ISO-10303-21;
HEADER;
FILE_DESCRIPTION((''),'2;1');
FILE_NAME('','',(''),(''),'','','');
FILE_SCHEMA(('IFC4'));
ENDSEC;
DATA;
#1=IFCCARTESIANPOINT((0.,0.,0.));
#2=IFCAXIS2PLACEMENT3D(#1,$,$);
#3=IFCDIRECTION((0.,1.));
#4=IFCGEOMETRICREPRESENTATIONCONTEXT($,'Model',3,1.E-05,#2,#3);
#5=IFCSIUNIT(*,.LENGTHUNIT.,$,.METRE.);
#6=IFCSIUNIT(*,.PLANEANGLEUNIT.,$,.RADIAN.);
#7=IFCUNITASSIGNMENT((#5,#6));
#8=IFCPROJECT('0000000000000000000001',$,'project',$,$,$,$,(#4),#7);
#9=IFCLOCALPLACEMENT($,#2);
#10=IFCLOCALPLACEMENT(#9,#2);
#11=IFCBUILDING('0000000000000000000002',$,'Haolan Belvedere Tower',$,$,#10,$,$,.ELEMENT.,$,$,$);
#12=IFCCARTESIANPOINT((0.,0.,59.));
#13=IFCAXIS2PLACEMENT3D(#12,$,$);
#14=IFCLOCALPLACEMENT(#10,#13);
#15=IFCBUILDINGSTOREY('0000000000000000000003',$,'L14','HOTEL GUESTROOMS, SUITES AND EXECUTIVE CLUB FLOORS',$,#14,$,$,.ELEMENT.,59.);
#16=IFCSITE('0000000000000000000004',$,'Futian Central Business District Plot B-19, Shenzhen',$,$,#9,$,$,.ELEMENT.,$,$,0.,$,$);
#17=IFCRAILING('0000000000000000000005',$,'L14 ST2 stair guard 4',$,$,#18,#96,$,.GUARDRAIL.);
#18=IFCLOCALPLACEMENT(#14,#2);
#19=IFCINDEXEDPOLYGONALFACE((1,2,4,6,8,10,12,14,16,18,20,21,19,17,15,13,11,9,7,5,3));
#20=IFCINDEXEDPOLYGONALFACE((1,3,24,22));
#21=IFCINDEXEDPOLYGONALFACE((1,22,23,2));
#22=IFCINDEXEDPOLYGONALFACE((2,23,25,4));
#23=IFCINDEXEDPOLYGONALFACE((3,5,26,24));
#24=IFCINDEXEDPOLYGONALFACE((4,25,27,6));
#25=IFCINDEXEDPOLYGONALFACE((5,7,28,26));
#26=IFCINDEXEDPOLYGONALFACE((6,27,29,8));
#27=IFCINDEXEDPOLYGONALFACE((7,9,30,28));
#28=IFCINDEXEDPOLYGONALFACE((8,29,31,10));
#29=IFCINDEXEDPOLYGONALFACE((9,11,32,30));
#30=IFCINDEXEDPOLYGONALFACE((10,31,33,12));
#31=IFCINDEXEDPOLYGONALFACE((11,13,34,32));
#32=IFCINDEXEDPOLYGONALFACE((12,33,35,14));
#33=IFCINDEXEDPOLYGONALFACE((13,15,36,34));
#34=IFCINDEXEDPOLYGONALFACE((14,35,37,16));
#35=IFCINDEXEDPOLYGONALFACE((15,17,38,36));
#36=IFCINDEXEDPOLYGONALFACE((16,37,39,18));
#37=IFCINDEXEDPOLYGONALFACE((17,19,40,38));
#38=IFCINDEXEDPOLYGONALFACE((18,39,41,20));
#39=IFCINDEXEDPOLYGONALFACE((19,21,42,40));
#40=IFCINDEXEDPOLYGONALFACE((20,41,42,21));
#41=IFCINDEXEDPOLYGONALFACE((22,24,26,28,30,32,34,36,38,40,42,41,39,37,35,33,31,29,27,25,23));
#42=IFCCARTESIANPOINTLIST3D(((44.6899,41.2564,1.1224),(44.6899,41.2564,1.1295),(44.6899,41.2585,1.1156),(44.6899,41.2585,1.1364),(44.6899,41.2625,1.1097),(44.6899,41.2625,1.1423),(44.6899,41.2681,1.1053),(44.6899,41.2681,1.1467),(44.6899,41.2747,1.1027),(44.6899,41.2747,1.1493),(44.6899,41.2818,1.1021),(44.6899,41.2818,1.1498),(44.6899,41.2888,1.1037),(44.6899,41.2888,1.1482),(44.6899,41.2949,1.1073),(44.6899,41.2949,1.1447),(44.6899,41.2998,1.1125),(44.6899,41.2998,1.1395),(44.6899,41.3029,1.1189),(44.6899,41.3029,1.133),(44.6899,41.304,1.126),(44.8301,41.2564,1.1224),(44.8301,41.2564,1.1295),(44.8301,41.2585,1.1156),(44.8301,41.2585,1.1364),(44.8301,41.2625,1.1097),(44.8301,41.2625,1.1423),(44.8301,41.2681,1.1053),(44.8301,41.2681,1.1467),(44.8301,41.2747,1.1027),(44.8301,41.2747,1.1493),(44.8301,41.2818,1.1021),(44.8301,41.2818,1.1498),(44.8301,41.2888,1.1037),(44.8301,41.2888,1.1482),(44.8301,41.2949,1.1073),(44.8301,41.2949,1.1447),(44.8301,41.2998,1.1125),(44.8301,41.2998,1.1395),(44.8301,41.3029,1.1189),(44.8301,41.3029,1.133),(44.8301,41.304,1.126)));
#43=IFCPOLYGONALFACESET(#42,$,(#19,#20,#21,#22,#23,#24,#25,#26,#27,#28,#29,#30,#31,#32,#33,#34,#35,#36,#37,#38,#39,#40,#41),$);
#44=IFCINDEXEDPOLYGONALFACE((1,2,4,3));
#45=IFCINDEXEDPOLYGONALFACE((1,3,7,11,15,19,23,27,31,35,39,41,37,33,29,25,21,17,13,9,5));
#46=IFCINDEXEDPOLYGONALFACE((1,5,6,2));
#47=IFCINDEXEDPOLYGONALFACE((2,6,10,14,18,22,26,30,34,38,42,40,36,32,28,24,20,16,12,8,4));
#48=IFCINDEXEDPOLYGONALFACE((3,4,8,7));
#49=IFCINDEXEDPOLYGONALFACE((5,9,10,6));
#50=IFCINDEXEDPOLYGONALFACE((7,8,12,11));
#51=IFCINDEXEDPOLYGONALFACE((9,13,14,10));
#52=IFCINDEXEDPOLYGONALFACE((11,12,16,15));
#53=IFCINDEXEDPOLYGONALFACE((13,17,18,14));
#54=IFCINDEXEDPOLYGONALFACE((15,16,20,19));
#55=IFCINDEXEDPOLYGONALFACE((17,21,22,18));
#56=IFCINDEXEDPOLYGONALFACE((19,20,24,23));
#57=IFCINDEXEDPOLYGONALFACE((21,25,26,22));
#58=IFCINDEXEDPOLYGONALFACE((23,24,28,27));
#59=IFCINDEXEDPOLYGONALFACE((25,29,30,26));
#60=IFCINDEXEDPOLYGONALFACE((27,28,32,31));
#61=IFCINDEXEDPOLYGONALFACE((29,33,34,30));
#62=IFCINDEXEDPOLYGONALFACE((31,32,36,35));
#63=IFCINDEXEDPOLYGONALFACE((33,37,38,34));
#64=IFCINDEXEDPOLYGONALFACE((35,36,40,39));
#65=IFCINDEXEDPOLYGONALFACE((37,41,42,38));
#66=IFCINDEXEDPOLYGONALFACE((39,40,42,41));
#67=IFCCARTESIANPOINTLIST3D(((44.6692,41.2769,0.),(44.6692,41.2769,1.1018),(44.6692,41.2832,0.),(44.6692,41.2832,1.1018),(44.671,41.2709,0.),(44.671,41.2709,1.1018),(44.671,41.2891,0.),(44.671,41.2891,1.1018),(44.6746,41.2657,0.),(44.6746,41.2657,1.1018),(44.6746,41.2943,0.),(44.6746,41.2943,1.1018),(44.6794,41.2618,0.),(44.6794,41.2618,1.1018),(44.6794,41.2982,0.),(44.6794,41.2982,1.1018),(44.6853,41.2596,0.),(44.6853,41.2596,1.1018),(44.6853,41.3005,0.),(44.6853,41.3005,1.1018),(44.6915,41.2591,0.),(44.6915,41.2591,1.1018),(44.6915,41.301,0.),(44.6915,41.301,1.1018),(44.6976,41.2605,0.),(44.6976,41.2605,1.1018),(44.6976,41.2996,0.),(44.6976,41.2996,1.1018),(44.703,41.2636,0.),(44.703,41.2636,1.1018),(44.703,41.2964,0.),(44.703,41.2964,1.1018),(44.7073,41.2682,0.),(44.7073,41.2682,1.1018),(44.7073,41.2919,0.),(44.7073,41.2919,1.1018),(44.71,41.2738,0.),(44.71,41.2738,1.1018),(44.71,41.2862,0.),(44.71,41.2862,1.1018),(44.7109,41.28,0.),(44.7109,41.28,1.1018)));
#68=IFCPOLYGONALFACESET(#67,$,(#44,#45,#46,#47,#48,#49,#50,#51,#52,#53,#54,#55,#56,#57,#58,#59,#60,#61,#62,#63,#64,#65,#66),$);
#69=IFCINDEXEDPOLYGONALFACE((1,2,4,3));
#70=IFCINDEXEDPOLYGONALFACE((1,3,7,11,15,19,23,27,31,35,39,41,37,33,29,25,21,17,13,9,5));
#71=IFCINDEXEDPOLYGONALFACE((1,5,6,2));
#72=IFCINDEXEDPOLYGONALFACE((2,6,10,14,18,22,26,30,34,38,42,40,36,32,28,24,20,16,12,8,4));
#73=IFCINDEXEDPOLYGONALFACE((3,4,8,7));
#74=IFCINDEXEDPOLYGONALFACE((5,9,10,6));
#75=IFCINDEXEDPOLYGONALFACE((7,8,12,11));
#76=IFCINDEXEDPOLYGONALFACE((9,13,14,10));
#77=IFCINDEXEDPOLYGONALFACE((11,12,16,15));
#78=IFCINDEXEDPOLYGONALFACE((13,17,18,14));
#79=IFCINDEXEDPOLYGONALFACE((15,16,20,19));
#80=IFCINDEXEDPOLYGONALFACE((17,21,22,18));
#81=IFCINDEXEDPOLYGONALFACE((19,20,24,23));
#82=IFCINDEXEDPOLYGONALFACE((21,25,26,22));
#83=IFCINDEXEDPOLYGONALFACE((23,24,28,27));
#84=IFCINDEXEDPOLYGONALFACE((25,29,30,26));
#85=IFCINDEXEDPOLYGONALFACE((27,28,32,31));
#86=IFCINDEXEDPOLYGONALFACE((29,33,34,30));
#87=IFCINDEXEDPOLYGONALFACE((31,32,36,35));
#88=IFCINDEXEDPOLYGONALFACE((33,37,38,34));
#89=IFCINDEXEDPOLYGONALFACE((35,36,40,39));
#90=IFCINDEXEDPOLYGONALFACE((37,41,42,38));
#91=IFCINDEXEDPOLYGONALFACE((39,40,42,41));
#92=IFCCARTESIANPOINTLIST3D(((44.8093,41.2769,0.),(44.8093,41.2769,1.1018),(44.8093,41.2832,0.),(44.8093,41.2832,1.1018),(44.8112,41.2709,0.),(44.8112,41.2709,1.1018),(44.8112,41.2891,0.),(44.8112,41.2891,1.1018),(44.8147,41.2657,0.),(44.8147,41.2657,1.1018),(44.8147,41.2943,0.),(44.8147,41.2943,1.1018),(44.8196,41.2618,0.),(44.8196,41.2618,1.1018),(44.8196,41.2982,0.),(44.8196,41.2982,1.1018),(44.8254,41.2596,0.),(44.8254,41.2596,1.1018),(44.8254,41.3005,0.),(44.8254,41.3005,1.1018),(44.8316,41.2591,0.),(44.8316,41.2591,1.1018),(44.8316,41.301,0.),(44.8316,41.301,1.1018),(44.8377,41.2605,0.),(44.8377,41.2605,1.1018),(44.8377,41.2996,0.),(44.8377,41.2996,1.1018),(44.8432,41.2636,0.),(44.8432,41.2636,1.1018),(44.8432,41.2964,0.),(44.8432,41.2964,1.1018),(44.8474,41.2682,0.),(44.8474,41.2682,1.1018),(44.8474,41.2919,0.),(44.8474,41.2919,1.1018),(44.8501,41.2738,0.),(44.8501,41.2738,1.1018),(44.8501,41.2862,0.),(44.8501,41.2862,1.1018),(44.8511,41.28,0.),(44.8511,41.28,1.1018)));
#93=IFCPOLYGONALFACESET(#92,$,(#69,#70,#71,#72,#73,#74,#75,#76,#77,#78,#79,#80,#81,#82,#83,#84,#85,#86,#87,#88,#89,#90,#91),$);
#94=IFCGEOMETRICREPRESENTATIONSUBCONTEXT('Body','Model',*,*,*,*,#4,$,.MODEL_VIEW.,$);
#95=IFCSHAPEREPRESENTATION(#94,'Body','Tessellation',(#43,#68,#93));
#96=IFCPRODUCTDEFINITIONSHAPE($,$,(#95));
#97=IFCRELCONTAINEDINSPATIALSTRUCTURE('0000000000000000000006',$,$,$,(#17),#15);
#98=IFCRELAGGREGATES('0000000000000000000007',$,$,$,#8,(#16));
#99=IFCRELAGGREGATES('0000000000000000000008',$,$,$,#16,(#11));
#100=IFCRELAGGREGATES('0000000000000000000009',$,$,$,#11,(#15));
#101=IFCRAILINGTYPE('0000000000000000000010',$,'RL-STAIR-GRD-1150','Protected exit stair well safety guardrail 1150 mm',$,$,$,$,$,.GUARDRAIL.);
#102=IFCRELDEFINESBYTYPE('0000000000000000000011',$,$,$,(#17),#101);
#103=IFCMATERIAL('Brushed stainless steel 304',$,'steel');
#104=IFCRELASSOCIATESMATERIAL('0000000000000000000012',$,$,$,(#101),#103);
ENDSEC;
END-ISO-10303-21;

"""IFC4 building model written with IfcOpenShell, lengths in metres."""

from ifc_helpers import new_model, si_unit, direction, frame, origin, origin_2d, place, context, subcontext, project, spatial, circle, extrude, material, type_object, element, save


model = new_model("IFC4")

# Units and contexts
model_context = context("Model", 3, precision=1e-05, world=origin(), true_north=direction((0.0, 1.0)))
body_context = subcontext(model_context, "Body", "Model", "MODEL_VIEW")
ifc_project = project(units=[si_unit("LENGTHUNIT", "METRE"), si_unit("PLANEANGLEUNIT", "RADIAN")], contexts=[model_context])

# Site, building, storey
site_placement = place(None, origin())
site = spatial("IfcSite", under=ifc_project, at=site_placement, Name="Futian Central Business District Plot B-19, Shenzhen", CompositionType="ELEMENT", RefElevation=0.0)
building_placement = place(site_placement, origin())
building = spatial("IfcBuilding", under=site, at=building_placement, Name="Haolan Belvedere Tower", CompositionType="ELEMENT")
storey_placement = place(building_placement, frame((0.0, 0.0, 59.0)))
storey = spatial("IfcBuildingStorey", under=building, at=storey_placement, Name="L14", Description="HOTEL GUESTROOMS, SUITES AND EXECUTIVE CLUB FLOORS", CompositionType="ELEMENT", Elevation=59.0)

# Railing
ifc_material_1 = material(Name="Brushed stainless steel 304", Category="steel")
railing_type_1 = type_object("IfcRailingType", Name="RL-STAIR-GRD-1150", Description="Protected exit stair well safety guardrail 1150 mm", PredefinedType="GUARDRAIL", material=ifc_material_1)
railing_1_placement = place(storey_placement, frame((44.6899, 41.28, 0.0)))
element("IfcRailing", 1, at=railing_1_placement, inside=storey, type_object=railing_type_1, Name="L14 ST2 stair guard 4", PredefinedType="GUARDRAIL", context=body_context, shape_type="SweptSolid", body=[
    extrude(circle(Radius=0.0239, at=origin_2d()), frame((0.0, 0.0, 1.126), z_axis=(1.0, 0.0, 0.0), x_axis=(0.0, 1.0, 0.0)), (0.0, 0.0, 1.0), 0.1401),
    extrude(circle(Radius=0.021, at=origin_2d()), origin(), (0.0, 0.0, 1.0), 1.1018),
    extrude(circle(Radius=0.021, at=origin_2d()), frame((0.1401, 0.0, 0.0)), (0.0, 0.0, 1.0), 1.1018),
])

save(model, "model.ifc")
